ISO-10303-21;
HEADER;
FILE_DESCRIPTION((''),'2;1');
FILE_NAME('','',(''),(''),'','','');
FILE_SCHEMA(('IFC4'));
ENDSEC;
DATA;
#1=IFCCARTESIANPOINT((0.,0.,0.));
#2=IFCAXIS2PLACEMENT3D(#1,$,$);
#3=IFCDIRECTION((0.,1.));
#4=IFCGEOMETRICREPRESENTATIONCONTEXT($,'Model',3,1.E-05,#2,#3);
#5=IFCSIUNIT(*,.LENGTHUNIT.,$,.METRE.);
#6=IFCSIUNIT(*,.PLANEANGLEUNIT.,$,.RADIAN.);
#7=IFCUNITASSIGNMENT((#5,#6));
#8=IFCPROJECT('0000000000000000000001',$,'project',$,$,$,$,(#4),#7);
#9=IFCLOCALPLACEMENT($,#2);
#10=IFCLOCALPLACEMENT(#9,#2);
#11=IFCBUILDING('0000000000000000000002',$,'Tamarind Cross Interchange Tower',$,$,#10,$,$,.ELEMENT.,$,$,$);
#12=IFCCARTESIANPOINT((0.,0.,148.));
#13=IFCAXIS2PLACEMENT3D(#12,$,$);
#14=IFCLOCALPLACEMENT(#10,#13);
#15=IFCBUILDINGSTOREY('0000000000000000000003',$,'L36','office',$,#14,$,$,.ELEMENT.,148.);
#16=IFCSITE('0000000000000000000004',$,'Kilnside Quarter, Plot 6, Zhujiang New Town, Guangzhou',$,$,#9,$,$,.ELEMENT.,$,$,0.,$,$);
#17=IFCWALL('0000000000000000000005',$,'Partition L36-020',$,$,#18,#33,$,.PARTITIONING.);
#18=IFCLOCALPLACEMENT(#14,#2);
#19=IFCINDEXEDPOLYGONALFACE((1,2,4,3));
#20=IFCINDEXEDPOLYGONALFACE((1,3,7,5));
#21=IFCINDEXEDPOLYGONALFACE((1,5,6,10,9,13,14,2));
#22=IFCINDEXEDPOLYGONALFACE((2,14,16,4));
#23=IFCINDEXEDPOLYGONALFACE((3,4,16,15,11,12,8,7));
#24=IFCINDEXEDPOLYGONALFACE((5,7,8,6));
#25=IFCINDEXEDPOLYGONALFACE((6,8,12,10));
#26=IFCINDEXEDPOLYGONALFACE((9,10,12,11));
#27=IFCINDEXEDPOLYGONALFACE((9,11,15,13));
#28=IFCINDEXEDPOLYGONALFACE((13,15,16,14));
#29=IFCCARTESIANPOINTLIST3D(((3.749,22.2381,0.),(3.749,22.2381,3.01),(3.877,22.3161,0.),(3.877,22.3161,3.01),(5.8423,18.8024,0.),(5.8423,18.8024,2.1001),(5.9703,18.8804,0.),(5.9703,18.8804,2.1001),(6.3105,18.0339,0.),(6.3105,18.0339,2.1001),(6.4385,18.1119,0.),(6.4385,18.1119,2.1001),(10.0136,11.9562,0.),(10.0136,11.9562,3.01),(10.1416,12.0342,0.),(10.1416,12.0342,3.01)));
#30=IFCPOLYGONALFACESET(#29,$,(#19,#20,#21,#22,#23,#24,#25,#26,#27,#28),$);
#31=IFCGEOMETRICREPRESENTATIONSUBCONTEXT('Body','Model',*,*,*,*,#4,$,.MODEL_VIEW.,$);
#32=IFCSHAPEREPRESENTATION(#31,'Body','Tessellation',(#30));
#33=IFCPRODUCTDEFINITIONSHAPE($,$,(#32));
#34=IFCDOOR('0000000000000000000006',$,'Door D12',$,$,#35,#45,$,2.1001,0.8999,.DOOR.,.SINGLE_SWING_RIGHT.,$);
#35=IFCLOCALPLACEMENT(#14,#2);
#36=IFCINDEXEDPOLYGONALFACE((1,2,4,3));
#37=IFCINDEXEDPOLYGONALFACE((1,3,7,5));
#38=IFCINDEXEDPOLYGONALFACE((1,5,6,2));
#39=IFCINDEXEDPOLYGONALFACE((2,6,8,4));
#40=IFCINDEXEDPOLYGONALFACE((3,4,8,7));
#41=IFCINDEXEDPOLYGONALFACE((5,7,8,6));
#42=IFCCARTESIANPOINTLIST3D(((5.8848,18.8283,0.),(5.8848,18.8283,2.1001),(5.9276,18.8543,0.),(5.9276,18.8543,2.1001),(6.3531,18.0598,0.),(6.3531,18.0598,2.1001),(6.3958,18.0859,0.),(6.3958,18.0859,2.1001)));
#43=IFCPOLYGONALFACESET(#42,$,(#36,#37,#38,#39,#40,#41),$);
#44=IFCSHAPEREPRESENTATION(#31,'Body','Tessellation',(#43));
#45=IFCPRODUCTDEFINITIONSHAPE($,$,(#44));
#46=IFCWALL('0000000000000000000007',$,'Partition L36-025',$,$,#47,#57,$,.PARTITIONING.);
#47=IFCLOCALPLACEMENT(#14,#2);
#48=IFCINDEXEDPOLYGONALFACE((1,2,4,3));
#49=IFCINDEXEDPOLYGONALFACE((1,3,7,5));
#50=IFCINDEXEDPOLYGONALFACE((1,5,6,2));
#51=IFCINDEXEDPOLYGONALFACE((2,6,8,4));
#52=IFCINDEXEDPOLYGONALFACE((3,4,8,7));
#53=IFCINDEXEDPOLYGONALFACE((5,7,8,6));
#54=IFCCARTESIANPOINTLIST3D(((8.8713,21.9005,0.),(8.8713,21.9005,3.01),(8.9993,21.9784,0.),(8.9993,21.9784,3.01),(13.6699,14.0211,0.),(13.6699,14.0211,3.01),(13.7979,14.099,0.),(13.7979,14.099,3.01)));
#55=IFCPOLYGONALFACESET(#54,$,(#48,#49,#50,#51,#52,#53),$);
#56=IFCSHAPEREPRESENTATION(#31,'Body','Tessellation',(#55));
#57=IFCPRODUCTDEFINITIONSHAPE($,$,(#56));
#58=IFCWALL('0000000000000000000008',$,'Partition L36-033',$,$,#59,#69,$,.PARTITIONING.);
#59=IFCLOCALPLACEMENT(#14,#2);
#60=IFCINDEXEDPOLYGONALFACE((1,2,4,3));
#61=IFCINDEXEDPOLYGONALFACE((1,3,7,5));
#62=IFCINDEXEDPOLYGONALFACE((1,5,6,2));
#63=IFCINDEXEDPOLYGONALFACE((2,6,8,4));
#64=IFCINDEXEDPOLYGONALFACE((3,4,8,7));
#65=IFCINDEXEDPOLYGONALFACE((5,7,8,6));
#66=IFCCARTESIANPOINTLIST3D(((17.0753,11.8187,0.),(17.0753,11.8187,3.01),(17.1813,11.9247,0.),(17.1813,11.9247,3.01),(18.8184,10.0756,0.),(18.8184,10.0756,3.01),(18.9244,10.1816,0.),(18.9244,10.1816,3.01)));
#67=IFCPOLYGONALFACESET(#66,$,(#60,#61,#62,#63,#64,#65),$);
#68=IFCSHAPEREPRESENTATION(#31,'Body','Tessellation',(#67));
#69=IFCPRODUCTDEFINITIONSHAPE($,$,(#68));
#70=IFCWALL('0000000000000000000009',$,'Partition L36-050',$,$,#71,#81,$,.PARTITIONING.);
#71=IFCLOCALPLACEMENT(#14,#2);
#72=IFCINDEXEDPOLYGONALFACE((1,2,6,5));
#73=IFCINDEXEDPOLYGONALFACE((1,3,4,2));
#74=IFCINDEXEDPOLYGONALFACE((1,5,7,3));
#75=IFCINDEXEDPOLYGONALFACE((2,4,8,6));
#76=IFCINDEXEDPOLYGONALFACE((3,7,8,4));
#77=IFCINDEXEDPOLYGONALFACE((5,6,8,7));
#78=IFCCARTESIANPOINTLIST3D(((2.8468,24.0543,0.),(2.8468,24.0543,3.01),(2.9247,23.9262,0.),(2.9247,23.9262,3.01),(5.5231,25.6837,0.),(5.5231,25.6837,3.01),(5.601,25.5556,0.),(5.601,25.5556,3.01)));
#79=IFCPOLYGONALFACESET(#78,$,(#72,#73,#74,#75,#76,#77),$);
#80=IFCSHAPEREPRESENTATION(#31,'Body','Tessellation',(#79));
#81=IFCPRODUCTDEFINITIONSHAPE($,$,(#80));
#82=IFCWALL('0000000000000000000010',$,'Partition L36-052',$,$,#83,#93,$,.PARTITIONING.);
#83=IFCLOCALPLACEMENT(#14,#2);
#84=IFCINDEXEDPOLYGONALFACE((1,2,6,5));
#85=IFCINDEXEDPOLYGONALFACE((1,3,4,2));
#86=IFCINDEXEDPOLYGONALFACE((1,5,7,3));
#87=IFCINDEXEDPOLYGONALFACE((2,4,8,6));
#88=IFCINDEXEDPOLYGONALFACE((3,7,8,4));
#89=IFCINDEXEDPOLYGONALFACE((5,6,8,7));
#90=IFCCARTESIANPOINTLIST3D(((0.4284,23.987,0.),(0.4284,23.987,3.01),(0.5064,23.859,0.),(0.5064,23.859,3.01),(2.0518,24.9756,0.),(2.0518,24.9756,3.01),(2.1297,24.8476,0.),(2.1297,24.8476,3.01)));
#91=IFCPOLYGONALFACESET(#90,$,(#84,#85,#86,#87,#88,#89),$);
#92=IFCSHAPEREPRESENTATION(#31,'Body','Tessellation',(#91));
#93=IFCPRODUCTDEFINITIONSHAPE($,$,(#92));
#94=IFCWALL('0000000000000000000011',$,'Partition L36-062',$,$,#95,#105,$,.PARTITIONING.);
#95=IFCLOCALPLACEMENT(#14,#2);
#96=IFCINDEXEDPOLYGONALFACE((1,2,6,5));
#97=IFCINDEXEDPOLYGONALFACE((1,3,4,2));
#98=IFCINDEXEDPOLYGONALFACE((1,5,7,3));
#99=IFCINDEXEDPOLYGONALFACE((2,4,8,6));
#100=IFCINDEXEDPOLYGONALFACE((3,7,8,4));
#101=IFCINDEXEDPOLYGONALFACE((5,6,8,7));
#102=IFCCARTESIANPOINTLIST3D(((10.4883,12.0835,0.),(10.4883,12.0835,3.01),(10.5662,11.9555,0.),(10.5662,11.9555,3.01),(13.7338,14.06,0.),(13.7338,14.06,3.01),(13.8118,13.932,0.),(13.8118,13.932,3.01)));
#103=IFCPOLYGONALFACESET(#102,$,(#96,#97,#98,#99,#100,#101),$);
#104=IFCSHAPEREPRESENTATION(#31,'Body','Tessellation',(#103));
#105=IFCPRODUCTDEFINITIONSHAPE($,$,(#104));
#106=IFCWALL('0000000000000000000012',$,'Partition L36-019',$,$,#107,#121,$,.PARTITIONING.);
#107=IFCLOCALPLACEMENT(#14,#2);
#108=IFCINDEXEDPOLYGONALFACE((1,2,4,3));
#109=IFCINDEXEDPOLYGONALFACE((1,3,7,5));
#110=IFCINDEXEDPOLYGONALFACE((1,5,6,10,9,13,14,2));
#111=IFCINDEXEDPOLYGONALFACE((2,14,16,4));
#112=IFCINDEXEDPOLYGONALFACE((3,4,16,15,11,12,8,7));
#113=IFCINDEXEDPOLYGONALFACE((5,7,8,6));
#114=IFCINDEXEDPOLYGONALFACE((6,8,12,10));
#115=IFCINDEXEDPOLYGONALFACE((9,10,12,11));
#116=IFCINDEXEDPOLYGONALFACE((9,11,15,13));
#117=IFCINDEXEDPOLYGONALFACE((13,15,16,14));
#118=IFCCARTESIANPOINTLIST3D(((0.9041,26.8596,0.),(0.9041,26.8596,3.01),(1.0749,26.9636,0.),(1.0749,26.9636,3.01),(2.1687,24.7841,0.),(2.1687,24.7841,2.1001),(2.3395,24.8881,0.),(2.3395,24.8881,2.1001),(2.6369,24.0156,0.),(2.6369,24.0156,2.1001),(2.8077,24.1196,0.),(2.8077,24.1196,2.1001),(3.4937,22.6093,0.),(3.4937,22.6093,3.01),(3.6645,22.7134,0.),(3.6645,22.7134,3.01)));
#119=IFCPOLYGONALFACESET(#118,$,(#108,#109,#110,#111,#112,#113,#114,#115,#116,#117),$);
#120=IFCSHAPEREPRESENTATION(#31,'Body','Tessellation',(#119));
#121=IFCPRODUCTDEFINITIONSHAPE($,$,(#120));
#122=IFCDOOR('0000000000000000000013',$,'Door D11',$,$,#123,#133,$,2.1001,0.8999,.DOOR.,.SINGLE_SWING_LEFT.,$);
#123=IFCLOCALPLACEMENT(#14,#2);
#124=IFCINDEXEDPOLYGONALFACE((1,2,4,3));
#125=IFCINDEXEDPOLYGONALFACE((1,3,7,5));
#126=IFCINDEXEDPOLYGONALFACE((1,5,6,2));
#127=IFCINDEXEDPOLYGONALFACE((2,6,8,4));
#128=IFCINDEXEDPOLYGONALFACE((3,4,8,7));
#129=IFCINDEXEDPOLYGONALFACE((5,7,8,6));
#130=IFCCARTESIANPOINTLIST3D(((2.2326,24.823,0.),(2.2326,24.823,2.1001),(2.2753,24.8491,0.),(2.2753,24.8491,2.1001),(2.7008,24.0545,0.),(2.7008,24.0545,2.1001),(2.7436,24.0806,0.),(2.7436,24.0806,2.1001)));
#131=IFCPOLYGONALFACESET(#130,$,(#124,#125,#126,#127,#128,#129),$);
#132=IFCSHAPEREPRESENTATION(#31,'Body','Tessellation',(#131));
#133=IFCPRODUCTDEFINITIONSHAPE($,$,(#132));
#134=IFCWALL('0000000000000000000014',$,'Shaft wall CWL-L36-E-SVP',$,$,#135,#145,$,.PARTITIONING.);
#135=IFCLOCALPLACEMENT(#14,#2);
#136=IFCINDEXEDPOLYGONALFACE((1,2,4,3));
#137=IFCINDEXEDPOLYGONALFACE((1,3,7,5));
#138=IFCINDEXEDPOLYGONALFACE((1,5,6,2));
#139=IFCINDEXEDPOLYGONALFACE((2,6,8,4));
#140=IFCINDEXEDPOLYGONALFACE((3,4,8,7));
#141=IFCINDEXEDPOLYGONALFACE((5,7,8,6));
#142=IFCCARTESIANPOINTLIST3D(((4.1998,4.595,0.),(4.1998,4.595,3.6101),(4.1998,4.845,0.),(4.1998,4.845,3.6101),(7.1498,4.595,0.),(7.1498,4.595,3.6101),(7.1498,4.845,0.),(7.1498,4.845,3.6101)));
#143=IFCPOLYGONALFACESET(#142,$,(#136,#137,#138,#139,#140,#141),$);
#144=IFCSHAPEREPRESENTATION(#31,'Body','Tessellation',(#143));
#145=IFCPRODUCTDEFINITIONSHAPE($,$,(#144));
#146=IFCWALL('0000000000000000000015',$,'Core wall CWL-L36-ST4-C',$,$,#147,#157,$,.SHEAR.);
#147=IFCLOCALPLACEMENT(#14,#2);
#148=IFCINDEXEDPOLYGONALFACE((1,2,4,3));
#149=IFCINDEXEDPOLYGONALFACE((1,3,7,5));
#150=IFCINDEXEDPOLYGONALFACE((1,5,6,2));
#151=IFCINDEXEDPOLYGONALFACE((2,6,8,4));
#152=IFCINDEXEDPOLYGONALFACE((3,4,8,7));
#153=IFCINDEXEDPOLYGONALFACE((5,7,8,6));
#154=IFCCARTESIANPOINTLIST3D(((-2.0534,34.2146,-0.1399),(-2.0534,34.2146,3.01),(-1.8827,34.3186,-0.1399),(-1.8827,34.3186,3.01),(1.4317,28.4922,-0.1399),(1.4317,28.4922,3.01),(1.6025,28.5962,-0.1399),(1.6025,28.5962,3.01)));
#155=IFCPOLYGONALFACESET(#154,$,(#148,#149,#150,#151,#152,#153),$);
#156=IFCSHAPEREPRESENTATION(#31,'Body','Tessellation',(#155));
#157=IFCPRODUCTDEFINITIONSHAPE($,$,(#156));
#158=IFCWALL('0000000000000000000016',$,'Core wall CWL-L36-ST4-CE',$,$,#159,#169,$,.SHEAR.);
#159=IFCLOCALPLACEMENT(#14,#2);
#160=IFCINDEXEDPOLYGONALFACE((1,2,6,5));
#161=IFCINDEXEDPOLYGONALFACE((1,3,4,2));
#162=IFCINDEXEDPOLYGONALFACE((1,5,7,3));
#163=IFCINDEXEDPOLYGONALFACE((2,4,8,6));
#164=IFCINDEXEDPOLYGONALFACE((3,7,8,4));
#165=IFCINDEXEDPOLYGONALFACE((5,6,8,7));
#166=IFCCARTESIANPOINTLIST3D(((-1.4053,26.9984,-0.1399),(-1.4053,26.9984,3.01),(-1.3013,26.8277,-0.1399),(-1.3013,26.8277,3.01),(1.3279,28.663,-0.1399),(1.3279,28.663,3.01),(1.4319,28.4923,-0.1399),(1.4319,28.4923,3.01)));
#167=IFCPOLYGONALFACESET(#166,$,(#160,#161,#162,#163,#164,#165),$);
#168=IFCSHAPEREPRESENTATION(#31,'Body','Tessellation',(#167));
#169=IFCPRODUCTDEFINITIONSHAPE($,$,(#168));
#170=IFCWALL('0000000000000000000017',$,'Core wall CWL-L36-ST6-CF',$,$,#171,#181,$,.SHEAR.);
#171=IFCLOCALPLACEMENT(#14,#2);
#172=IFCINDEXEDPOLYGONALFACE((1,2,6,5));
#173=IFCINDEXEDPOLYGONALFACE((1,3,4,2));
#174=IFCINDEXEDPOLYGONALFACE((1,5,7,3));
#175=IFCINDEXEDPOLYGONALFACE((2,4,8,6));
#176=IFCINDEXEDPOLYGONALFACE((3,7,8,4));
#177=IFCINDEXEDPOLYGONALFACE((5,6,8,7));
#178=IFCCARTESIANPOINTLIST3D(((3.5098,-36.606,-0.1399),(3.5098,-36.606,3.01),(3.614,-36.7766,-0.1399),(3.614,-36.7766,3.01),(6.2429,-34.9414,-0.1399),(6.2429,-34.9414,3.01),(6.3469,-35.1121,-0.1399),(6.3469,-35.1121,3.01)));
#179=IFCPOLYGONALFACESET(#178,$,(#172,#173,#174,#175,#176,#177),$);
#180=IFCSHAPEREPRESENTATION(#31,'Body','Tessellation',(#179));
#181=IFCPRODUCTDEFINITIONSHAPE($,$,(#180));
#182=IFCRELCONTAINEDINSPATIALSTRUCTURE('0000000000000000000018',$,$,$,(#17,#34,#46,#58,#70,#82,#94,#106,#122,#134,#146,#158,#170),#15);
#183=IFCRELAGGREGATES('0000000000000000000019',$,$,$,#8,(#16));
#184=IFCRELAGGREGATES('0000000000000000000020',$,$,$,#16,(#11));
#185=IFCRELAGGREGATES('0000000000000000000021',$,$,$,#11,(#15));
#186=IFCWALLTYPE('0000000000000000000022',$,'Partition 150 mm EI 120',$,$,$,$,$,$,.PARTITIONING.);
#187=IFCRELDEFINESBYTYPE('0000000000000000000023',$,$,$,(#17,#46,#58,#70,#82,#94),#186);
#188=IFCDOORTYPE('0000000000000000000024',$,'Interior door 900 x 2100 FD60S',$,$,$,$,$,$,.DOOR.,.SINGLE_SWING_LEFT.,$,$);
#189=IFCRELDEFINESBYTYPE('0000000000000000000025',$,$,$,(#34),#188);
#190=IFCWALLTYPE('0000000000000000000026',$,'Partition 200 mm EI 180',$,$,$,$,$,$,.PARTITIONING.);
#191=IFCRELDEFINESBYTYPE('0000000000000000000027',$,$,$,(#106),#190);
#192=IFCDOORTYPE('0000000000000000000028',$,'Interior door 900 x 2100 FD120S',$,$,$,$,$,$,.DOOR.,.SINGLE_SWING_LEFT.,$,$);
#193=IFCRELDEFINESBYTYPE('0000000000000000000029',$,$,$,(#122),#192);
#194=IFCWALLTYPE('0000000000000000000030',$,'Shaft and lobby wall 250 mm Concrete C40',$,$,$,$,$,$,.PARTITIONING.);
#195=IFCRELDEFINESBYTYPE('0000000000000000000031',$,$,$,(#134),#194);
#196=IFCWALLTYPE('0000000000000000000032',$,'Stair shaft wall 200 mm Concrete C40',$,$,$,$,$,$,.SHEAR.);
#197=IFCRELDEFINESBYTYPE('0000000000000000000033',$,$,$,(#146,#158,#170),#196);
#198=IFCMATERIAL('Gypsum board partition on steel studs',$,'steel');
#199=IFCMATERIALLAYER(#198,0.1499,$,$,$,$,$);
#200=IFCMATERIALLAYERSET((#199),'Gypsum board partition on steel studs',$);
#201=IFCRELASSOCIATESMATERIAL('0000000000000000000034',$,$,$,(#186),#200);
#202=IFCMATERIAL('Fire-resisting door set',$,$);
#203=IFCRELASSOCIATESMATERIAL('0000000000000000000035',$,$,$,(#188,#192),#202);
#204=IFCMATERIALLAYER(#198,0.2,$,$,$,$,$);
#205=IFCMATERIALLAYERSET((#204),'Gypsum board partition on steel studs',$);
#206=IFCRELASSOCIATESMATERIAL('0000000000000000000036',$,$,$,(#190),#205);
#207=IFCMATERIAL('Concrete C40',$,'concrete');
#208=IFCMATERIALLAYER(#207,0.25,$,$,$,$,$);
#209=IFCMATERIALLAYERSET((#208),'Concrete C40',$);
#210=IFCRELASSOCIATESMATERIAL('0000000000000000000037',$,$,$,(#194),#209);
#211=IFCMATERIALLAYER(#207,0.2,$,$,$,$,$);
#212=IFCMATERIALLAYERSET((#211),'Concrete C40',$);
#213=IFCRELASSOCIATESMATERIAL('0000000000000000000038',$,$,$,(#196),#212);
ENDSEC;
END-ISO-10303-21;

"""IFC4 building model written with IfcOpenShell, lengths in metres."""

from ifc_helpers import new_model, si_unit, direction, frame, frame_2d, origin, place, context, subcontext, project, spatial, polyline, rectangle, outline, extrude, material, layer, layer_set, type_object, element, fill, save


model = new_model("IFC4")

# Units and contexts
model_context = context("Model", 3, precision=1e-05, world=origin(), true_north=direction((0.0, 1.0)))
body_context = subcontext(model_context, "Body", "Model", "MODEL_VIEW")
ifc_project = project(units=[si_unit("LENGTHUNIT", "METRE"), si_unit("PLANEANGLEUNIT", "RADIAN")], contexts=[model_context])

# Site, building, storey
site_placement = place(None, origin())
site = spatial("IfcSite", under=ifc_project, at=site_placement, Name="Kilnside Quarter, Plot 6, Zhujiang New Town, Guangzhou", CompositionType="ELEMENT", RefElevation=0.0)
building_placement = place(site_placement, origin())
building = spatial("IfcBuilding", under=site, at=building_placement, Name="Tamarind Cross Interchange Tower", CompositionType="ELEMENT")
storey_placement = place(building_placement, frame((0.0, 0.0, 148.0)))
storey = spatial("IfcBuildingStorey", under=building, at=storey_placement, Name="L36", Description="office", CompositionType="ELEMENT", Elevation=148.0)

# Wall, opening, door
ifc_material_1 = material(Name="Gypsum board partition on steel studs", Category="steel")
ifc_layer_1 = layer(ifc_material_1, 0.1499)
ifc_layer_set_1 = layer_set([ifc_layer_1], Name="Gypsum board partition on steel studs")
wall_type_1 = type_object("IfcWallType", Name="Partition 150 mm EI 120", PredefinedType="PARTITIONING", material=ifc_layer_set_1)
wall_1_placement = place(storey_placement, frame((3.813, 22.2771, 0.0), z_axis=(0.0, 0.0, 1.0), x_axis=(0.520314, -0.853975, 0.0)))
wall_1 = element("IfcWall", 1, at=wall_1_placement, inside=storey, type_object=wall_type_1, Name="Partition L36-020", PredefinedType="PARTITIONING", context=body_context, shape_type="SweptSolid", body=[
    extrude(rectangle(XDim=12.04, YDim=0.1499, at=frame_2d((6.02, 0.0))), origin(), (0.0, 0.0, 1.0), 3.01),
])
opening_1_placement = place(wall_1_placement, frame((4.0232, 0.0, 0.0)))
opening_1 = element("IfcOpeningElement", 2, at=opening_1_placement, cuts=wall_1, PredefinedType="OPENING", context=body_context, shape_type="SweptSolid", body=[
    extrude(rectangle(XDim=0.8999, YDim=2.1001, at=frame_2d((0.45, 1.05))), frame((0.0, 0.085, 0.0), z_axis=(0.0, -1.0, 0.0), x_axis=(1.0, 0.0, 0.0)), (0.0, 0.0, 1.0), 0.1699),
])
ifc_material_2 = material(Name="Fire-resisting door set")
door_type_1 = type_object("IfcDoorType", Name="Interior door 900 x 2100 FD60S", OperationType="SINGLE_SWING_LEFT", PredefinedType="DOOR", material=ifc_material_2)
door_1_placement = place(opening_1_placement, origin())
door_1 = element("IfcDoor", 3, at=door_1_placement, inside=storey, type_object=door_type_1, Name="Door D12", OperationType="SINGLE_SWING_RIGHT", OverallHeight=2.1001, OverallWidth=0.8999, PredefinedType="DOOR", context=body_context, shape_type="SweptSolid", body=[
    extrude(rectangle(XDim=0.8999, YDim=2.1001, at=frame_2d((0.45, 1.05))), frame((0.0, 0.0249, 0.0), z_axis=(0.0, -1.0, 0.0), x_axis=(1.0, 0.0, 0.0)), (0.0, 0.0, 1.0), 0.05),
])
fill(opening_1, door_1)

# Walls
wall_2_placement = place(storey_placement, frame((8.9353, 21.9395, 0.0), z_axis=(0.0, 0.0, 1.0), x_axis=(0.520139, -0.854082, 0.0)))
element("IfcWall", 4, at=wall_2_placement, inside=storey, type_object=wall_type_1, Name="Partition L36-025", PredefinedType="PARTITIONING", context=body_context, shape_type="SweptSolid", body=[
    extrude(rectangle(XDim=9.2256, YDim=0.1499, at=frame_2d((4.6128, 0.0))), origin(), (0.0, 0.0, 1.0), 3.01),
])
wall_3_placement = place(storey_placement, frame((17.1284, 11.8716, 0.0), z_axis=(0.0, 0.0, 1.0), x_axis=(0.707107, -0.707107, 0.0)))
element("IfcWall", 5, at=wall_3_placement, inside=storey, type_object=wall_type_1, Name="Partition L36-033", PredefinedType="PARTITIONING", context=body_context, shape_type="SweptSolid", body=[
    extrude(rectangle(XDim=2.4651, YDim=0.1499, at=frame_2d((1.2324, 0.0))), origin(), (0.0, 0.0, 1.0), 3.01),
])
wall_4_placement = place(storey_placement, frame((2.8857, 23.9902, 0.0), z_axis=(0.0, 0.0, 1.0), x_axis=(0.854147, 0.520031, 0.0)))
element("IfcWall", 6, at=wall_4_placement, inside=storey, type_object=wall_type_1, Name="Partition L36-050", PredefinedType="PARTITIONING", context=body_context, shape_type="SweptSolid", body=[
    extrude(rectangle(XDim=3.1333, YDim=0.1499, at=frame_2d((1.5667, 0.0))), origin(), (0.0, 0.0, 1.0), 3.01),
])
wall_5_placement = place(storey_placement, frame((0.4675, 23.9231, 0.0), z_axis=(0.0, 0.0, 1.0), x_axis=(0.854097, 0.520114, 0.0)))
element("IfcWall", 7, at=wall_5_placement, inside=storey, type_object=wall_type_1, Name="Partition L36-052", PredefinedType="PARTITIONING", context=body_context, shape_type="SweptSolid", body=[
    extrude(rectangle(XDim=1.9006, YDim=0.1499, at=frame_2d((0.9502, 0.0))), origin(), (0.0, 0.0, 1.0), 3.01),
])
wall_6_placement = place(storey_placement, frame((10.5273, 12.0195, 0.0), z_axis=(0.0, 0.0, 1.0), x_axis=(0.854084, 0.520134, 0.0)))
element("IfcWall", 8, at=wall_6_placement, inside=storey, type_object=wall_type_1, Name="Partition L36-062", PredefinedType="PARTITIONING", context=body_context, shape_type="SweptSolid", body=[
    extrude(rectangle(XDim=3.8, YDim=0.1499, at=frame_2d((1.8999, 0.0))), origin(), (0.0, 0.0, 1.0), 3.01),
])

# Wall, opening, door
ifc_layer_2 = layer(ifc_material_1, 0.2)
ifc_layer_set_2 = layer_set([ifc_layer_2], Name="Gypsum board partition on steel studs")
wall_type_2 = type_object("IfcWallType", Name="Partition 200 mm EI 180", PredefinedType="PARTITIONING", material=ifc_layer_set_2)
wall_7_placement = place(storey_placement, frame((0.9895, 26.9116, 0.0), z_axis=(0.0, 0.0, 1.0), x_axis=(0.520313, -0.853976, 0.0)))
wall_7 = element("IfcWall", 9, at=wall_7_placement, inside=storey, type_object=wall_type_2, Name="Partition L36-019", PredefinedType="PARTITIONING", context=body_context, shape_type="SweptSolid", body=[
    extrude(rectangle(XDim=4.9771, YDim=0.2, at=frame_2d((2.4885, 0.0))), origin(), (0.0, 0.0, 1.0), 3.01),
])
opening_2_placement = place(wall_7_placement, frame((2.4304, 0.0, 0.0)))
opening_2 = element("IfcOpeningElement", 10, at=opening_2_placement, cuts=wall_7, PredefinedType="OPENING", context=body_context, shape_type="SweptSolid", body=[
    extrude(rectangle(XDim=0.8999, YDim=2.1001, at=frame_2d((0.45, 1.05))), frame((0.0, 0.1099, 0.0), z_axis=(0.0, -1.0, 0.0), x_axis=(1.0, 0.0, 0.0)), (0.0, 0.0, 1.0), 0.22),
])
door_type_2 = type_object("IfcDoorType", Name="Interior door 900 x 2100 FD120S", OperationType="SINGLE_SWING_LEFT", PredefinedType="DOOR", material=ifc_material_2)
door_2_placement = place(opening_2_placement, origin())
door_2 = element("IfcDoor", 11, at=door_2_placement, inside=storey, type_object=door_type_2, Name="Door D11", OperationType="SINGLE_SWING_LEFT", OverallHeight=2.1001, OverallWidth=0.8999, PredefinedType="DOOR", context=body_context, shape_type="SweptSolid", body=[
    extrude(rectangle(XDim=0.8999, YDim=2.1001, at=frame_2d((0.45, 1.05))), frame((0.0, 0.0249, 0.0), z_axis=(0.0, -1.0, 0.0), x_axis=(1.0, 0.0, 0.0)), (0.0, 0.0, 1.0), 0.05),
])
fill(opening_2, door_2)

# Walls
ifc_material_3 = material(Name="Concrete C40", Category="concrete")
ifc_layer_3 = layer(ifc_material_3, 0.25)
ifc_layer_set_3 = layer_set([ifc_layer_3], Name="Concrete C40")
wall_type_3 = type_object("IfcWallType", Name="Shaft and lobby wall 250 mm Concrete C40", PredefinedType="PARTITIONING", material=ifc_layer_set_3)
wall_8_placement = place(storey_placement, frame((7.1499, 4.72, 0.0), z_axis=(0.0, 0.0, 1.0), x_axis=(-1.0, 0.0, 0.0)))
element("IfcWall", 12, at=wall_8_placement, inside=storey, type_object=wall_type_3, Name="Shaft wall CWL-L36-E-SVP", PredefinedType="PARTITIONING", context=body_context, shape_type="SweptSolid", body=[
    extrude(rectangle(XDim=2.95, YDim=0.25, at=frame_2d((1.4751, 0.0))), origin(), (0.0, 0.0, 1.0), 3.6101),
])
ifc_layer_4 = layer(ifc_material_3, 0.2)
ifc_layer_set_4 = layer_set([ifc_layer_4], Name="Concrete C40")
wall_type_4 = type_object("IfcWallType", Name="Stair shaft wall 200 mm Concrete C40", PredefinedType="SHEAR", material=ifc_layer_set_4)
wall_9_placement = place(storey_placement, frame((1.5171, 28.5442, -0.1399), z_axis=(0.0, 0.0, 1.0), x_axis=(-0.520154, 0.854073, 0.0)))
element("IfcWall", 13, at=wall_9_placement, inside=storey, type_object=wall_type_4, Name="Core wall CWL-L36-ST4-C", PredefinedType="SHEAR", context=body_context, shape_type="SweptSolid", body=[
    extrude(rectangle(XDim=6.7002, YDim=0.2, at=frame_2d((3.3501, 0.0))), origin(), (0.0, 0.0, 1.0), 3.1499),
])
wall_10_placement = place(storey_placement, frame((1.3799, 28.5776, -0.1399), z_axis=(0.0, 0.0, 1.0), x_axis=(-0.854075, -0.52015, 0.0)))
element("IfcWall", 14, at=wall_10_placement, inside=storey, type_object=wall_type_4, Name="Core wall CWL-L36-ST4-CE", PredefinedType="SHEAR", context=body_context, shape_type="SweptSolid", body=[
    extrude(rectangle(XDim=3.2002, YDim=0.2, at=frame_2d((1.6001, 0.0))), origin(), (0.0, 0.0, 1.0), 3.1499),
])
wall_11_placement = place(storey_placement, frame((0.0, 0.0, -0.1399)))
element("IfcWall", 15, at=wall_11_placement, inside=storey, type_object=wall_type_4, Name="Core wall CWL-L36-ST6-CF", PredefinedType="SHEAR", context=body_context, shape_type="SweptSolid", body=[
    extrude(outline(polyline([(3.5098, -36.606), (3.614, -36.7766), (6.3469, -35.1121), (6.2429, -34.9414), (3.5098, -36.606)])), origin(), (0.0, 0.0, 1.0), 3.1499),
])

save(model, "model.ifc")
